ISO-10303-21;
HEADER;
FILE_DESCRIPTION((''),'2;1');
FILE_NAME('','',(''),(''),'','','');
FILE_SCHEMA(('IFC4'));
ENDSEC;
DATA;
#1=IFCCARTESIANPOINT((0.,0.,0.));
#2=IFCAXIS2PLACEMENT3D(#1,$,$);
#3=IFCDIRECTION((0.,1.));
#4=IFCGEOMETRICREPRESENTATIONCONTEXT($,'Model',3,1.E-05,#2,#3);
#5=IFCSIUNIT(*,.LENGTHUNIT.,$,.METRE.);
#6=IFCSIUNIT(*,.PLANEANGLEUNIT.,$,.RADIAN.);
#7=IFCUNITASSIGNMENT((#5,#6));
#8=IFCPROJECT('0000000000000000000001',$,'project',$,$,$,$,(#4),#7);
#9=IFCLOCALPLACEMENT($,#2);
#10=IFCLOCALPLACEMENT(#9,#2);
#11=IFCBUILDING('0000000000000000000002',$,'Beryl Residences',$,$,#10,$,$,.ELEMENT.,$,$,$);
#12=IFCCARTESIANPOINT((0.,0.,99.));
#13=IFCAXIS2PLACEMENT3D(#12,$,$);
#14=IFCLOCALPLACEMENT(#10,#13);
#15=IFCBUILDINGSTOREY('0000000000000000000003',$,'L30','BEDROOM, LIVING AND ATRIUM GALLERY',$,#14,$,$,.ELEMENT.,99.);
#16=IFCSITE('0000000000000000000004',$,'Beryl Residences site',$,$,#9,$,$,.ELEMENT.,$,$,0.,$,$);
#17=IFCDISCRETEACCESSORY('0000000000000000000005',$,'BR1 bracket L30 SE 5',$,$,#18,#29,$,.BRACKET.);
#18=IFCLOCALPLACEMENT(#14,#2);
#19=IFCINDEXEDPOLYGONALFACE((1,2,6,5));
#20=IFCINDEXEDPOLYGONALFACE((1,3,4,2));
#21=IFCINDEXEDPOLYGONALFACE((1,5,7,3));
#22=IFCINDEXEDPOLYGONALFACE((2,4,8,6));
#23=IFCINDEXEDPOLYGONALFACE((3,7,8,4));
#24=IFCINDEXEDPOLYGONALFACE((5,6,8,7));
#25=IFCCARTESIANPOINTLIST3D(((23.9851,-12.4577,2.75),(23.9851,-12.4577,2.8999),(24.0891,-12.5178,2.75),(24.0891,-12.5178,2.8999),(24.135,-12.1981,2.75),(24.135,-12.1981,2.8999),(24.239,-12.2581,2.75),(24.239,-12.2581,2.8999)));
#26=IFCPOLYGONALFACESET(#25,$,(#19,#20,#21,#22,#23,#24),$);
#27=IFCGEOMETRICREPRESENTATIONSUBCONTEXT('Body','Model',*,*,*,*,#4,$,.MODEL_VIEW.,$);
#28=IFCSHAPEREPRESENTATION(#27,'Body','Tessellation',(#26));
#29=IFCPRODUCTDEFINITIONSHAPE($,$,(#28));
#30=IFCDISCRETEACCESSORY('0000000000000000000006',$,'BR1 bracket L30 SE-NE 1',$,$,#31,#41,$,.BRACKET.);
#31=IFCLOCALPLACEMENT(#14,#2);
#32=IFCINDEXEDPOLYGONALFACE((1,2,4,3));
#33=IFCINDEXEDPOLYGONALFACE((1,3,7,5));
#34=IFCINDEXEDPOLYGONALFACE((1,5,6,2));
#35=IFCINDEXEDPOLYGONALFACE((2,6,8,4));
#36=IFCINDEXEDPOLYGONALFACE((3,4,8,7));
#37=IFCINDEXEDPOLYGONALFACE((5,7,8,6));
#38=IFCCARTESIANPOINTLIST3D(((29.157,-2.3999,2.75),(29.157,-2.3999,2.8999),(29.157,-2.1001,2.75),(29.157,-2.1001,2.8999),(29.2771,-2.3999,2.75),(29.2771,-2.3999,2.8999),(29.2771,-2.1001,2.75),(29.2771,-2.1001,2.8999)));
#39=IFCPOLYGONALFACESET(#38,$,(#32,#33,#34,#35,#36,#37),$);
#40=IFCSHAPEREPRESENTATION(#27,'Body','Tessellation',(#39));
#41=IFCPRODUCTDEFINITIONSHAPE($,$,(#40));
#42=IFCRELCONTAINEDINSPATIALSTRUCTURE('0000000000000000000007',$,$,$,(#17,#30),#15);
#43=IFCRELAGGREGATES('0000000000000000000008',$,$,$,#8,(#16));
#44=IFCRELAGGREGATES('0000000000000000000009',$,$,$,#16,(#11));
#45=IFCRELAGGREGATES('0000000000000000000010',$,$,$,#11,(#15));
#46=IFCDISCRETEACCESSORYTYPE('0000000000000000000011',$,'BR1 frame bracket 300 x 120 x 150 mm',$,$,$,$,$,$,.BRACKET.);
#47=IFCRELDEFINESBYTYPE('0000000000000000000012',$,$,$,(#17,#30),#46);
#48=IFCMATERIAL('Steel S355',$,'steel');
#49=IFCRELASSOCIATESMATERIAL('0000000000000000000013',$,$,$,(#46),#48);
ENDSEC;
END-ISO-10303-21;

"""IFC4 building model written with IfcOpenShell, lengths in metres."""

from ifc_helpers import new_model, si_unit, direction, frame, origin, place, context, subcontext, project, spatial, polyline, outline, extrude, source, transform, mapped, material, type_object, type_shapes, element, save


model = new_model("IFC4")

# Units and contexts
model_context = context("Model", 3, precision=1e-05, world=origin(), true_north=direction((0.0, 1.0)))
body_context = subcontext(model_context, "Body", "Model", "MODEL_VIEW")
ifc_project = project(units=[si_unit("LENGTHUNIT", "METRE"), si_unit("PLANEANGLEUNIT", "RADIAN")], contexts=[model_context])

# Site, building, storey
site_placement = place(None, origin())
site = spatial("IfcSite", under=ifc_project, at=site_placement, Name="Beryl Residences site", CompositionType="ELEMENT", RefElevation=0.0)
building_placement = place(site_placement, origin())
building = spatial("IfcBuilding", under=site, at=building_placement, Name="Beryl Residences", CompositionType="ELEMENT")
storey_placement = place(building_placement, frame((0.0, 0.0, 99.0)))
storey = spatial("IfcBuildingStorey", under=building, at=storey_placement, Name="L30", Description="BEDROOM, LIVING AND ATRIUM GALLERY", CompositionType="ELEMENT", Elevation=99.0)

# Discrete accessories
ifc_material_1 = material(Name="Steel S355", Category="steel")
discrete_accessory_type = type_object("IfcDiscreteAccessoryType", Name="BR1 frame bracket 300 x 120 x 150 mm", PredefinedType="BRACKET", material=ifc_material_1)
shared_shape_1 = source(origin(), body_context, "Body", "SweptSolid", [
    extrude(outline(polyline([(-0.1499, 0.0), (0.1499, 0.0), (0.1499, 0.1201), (-0.1499, 0.1201), (-0.1499, 0.0)])), origin(), (0.0, 0.0, 1.0), 0.1499),
])
type_shapes(discrete_accessory_type, [shared_shape_1])
for number, where, z_axis, x_axis, name in (
    (1, (24.0601, -12.3279, 2.75), (0.0, 0.0, 1.0), (-0.5, -0.866025, 0.0), "BR1 bracket L30 SE 5"),
    (2, (29.157, -2.25, 2.75), (0.0, 0.0, 1.0), (0.0, -1.0, 0.0), "BR1 bracket L30 SE-NE 1"),
):
    element("IfcDiscreteAccessory", number, at=place(storey_placement, frame(where, z_axis=z_axis, x_axis=x_axis)), inside=storey, type_object=discrete_accessory_type, Name=name, PredefinedType="BRACKET", context=body_context, shape_type="MappedRepresentation", body=[
        mapped(shared_shape_1, transform((0.0, 0.0, 0.0))),
    ])

save(model, "model.ifc")
